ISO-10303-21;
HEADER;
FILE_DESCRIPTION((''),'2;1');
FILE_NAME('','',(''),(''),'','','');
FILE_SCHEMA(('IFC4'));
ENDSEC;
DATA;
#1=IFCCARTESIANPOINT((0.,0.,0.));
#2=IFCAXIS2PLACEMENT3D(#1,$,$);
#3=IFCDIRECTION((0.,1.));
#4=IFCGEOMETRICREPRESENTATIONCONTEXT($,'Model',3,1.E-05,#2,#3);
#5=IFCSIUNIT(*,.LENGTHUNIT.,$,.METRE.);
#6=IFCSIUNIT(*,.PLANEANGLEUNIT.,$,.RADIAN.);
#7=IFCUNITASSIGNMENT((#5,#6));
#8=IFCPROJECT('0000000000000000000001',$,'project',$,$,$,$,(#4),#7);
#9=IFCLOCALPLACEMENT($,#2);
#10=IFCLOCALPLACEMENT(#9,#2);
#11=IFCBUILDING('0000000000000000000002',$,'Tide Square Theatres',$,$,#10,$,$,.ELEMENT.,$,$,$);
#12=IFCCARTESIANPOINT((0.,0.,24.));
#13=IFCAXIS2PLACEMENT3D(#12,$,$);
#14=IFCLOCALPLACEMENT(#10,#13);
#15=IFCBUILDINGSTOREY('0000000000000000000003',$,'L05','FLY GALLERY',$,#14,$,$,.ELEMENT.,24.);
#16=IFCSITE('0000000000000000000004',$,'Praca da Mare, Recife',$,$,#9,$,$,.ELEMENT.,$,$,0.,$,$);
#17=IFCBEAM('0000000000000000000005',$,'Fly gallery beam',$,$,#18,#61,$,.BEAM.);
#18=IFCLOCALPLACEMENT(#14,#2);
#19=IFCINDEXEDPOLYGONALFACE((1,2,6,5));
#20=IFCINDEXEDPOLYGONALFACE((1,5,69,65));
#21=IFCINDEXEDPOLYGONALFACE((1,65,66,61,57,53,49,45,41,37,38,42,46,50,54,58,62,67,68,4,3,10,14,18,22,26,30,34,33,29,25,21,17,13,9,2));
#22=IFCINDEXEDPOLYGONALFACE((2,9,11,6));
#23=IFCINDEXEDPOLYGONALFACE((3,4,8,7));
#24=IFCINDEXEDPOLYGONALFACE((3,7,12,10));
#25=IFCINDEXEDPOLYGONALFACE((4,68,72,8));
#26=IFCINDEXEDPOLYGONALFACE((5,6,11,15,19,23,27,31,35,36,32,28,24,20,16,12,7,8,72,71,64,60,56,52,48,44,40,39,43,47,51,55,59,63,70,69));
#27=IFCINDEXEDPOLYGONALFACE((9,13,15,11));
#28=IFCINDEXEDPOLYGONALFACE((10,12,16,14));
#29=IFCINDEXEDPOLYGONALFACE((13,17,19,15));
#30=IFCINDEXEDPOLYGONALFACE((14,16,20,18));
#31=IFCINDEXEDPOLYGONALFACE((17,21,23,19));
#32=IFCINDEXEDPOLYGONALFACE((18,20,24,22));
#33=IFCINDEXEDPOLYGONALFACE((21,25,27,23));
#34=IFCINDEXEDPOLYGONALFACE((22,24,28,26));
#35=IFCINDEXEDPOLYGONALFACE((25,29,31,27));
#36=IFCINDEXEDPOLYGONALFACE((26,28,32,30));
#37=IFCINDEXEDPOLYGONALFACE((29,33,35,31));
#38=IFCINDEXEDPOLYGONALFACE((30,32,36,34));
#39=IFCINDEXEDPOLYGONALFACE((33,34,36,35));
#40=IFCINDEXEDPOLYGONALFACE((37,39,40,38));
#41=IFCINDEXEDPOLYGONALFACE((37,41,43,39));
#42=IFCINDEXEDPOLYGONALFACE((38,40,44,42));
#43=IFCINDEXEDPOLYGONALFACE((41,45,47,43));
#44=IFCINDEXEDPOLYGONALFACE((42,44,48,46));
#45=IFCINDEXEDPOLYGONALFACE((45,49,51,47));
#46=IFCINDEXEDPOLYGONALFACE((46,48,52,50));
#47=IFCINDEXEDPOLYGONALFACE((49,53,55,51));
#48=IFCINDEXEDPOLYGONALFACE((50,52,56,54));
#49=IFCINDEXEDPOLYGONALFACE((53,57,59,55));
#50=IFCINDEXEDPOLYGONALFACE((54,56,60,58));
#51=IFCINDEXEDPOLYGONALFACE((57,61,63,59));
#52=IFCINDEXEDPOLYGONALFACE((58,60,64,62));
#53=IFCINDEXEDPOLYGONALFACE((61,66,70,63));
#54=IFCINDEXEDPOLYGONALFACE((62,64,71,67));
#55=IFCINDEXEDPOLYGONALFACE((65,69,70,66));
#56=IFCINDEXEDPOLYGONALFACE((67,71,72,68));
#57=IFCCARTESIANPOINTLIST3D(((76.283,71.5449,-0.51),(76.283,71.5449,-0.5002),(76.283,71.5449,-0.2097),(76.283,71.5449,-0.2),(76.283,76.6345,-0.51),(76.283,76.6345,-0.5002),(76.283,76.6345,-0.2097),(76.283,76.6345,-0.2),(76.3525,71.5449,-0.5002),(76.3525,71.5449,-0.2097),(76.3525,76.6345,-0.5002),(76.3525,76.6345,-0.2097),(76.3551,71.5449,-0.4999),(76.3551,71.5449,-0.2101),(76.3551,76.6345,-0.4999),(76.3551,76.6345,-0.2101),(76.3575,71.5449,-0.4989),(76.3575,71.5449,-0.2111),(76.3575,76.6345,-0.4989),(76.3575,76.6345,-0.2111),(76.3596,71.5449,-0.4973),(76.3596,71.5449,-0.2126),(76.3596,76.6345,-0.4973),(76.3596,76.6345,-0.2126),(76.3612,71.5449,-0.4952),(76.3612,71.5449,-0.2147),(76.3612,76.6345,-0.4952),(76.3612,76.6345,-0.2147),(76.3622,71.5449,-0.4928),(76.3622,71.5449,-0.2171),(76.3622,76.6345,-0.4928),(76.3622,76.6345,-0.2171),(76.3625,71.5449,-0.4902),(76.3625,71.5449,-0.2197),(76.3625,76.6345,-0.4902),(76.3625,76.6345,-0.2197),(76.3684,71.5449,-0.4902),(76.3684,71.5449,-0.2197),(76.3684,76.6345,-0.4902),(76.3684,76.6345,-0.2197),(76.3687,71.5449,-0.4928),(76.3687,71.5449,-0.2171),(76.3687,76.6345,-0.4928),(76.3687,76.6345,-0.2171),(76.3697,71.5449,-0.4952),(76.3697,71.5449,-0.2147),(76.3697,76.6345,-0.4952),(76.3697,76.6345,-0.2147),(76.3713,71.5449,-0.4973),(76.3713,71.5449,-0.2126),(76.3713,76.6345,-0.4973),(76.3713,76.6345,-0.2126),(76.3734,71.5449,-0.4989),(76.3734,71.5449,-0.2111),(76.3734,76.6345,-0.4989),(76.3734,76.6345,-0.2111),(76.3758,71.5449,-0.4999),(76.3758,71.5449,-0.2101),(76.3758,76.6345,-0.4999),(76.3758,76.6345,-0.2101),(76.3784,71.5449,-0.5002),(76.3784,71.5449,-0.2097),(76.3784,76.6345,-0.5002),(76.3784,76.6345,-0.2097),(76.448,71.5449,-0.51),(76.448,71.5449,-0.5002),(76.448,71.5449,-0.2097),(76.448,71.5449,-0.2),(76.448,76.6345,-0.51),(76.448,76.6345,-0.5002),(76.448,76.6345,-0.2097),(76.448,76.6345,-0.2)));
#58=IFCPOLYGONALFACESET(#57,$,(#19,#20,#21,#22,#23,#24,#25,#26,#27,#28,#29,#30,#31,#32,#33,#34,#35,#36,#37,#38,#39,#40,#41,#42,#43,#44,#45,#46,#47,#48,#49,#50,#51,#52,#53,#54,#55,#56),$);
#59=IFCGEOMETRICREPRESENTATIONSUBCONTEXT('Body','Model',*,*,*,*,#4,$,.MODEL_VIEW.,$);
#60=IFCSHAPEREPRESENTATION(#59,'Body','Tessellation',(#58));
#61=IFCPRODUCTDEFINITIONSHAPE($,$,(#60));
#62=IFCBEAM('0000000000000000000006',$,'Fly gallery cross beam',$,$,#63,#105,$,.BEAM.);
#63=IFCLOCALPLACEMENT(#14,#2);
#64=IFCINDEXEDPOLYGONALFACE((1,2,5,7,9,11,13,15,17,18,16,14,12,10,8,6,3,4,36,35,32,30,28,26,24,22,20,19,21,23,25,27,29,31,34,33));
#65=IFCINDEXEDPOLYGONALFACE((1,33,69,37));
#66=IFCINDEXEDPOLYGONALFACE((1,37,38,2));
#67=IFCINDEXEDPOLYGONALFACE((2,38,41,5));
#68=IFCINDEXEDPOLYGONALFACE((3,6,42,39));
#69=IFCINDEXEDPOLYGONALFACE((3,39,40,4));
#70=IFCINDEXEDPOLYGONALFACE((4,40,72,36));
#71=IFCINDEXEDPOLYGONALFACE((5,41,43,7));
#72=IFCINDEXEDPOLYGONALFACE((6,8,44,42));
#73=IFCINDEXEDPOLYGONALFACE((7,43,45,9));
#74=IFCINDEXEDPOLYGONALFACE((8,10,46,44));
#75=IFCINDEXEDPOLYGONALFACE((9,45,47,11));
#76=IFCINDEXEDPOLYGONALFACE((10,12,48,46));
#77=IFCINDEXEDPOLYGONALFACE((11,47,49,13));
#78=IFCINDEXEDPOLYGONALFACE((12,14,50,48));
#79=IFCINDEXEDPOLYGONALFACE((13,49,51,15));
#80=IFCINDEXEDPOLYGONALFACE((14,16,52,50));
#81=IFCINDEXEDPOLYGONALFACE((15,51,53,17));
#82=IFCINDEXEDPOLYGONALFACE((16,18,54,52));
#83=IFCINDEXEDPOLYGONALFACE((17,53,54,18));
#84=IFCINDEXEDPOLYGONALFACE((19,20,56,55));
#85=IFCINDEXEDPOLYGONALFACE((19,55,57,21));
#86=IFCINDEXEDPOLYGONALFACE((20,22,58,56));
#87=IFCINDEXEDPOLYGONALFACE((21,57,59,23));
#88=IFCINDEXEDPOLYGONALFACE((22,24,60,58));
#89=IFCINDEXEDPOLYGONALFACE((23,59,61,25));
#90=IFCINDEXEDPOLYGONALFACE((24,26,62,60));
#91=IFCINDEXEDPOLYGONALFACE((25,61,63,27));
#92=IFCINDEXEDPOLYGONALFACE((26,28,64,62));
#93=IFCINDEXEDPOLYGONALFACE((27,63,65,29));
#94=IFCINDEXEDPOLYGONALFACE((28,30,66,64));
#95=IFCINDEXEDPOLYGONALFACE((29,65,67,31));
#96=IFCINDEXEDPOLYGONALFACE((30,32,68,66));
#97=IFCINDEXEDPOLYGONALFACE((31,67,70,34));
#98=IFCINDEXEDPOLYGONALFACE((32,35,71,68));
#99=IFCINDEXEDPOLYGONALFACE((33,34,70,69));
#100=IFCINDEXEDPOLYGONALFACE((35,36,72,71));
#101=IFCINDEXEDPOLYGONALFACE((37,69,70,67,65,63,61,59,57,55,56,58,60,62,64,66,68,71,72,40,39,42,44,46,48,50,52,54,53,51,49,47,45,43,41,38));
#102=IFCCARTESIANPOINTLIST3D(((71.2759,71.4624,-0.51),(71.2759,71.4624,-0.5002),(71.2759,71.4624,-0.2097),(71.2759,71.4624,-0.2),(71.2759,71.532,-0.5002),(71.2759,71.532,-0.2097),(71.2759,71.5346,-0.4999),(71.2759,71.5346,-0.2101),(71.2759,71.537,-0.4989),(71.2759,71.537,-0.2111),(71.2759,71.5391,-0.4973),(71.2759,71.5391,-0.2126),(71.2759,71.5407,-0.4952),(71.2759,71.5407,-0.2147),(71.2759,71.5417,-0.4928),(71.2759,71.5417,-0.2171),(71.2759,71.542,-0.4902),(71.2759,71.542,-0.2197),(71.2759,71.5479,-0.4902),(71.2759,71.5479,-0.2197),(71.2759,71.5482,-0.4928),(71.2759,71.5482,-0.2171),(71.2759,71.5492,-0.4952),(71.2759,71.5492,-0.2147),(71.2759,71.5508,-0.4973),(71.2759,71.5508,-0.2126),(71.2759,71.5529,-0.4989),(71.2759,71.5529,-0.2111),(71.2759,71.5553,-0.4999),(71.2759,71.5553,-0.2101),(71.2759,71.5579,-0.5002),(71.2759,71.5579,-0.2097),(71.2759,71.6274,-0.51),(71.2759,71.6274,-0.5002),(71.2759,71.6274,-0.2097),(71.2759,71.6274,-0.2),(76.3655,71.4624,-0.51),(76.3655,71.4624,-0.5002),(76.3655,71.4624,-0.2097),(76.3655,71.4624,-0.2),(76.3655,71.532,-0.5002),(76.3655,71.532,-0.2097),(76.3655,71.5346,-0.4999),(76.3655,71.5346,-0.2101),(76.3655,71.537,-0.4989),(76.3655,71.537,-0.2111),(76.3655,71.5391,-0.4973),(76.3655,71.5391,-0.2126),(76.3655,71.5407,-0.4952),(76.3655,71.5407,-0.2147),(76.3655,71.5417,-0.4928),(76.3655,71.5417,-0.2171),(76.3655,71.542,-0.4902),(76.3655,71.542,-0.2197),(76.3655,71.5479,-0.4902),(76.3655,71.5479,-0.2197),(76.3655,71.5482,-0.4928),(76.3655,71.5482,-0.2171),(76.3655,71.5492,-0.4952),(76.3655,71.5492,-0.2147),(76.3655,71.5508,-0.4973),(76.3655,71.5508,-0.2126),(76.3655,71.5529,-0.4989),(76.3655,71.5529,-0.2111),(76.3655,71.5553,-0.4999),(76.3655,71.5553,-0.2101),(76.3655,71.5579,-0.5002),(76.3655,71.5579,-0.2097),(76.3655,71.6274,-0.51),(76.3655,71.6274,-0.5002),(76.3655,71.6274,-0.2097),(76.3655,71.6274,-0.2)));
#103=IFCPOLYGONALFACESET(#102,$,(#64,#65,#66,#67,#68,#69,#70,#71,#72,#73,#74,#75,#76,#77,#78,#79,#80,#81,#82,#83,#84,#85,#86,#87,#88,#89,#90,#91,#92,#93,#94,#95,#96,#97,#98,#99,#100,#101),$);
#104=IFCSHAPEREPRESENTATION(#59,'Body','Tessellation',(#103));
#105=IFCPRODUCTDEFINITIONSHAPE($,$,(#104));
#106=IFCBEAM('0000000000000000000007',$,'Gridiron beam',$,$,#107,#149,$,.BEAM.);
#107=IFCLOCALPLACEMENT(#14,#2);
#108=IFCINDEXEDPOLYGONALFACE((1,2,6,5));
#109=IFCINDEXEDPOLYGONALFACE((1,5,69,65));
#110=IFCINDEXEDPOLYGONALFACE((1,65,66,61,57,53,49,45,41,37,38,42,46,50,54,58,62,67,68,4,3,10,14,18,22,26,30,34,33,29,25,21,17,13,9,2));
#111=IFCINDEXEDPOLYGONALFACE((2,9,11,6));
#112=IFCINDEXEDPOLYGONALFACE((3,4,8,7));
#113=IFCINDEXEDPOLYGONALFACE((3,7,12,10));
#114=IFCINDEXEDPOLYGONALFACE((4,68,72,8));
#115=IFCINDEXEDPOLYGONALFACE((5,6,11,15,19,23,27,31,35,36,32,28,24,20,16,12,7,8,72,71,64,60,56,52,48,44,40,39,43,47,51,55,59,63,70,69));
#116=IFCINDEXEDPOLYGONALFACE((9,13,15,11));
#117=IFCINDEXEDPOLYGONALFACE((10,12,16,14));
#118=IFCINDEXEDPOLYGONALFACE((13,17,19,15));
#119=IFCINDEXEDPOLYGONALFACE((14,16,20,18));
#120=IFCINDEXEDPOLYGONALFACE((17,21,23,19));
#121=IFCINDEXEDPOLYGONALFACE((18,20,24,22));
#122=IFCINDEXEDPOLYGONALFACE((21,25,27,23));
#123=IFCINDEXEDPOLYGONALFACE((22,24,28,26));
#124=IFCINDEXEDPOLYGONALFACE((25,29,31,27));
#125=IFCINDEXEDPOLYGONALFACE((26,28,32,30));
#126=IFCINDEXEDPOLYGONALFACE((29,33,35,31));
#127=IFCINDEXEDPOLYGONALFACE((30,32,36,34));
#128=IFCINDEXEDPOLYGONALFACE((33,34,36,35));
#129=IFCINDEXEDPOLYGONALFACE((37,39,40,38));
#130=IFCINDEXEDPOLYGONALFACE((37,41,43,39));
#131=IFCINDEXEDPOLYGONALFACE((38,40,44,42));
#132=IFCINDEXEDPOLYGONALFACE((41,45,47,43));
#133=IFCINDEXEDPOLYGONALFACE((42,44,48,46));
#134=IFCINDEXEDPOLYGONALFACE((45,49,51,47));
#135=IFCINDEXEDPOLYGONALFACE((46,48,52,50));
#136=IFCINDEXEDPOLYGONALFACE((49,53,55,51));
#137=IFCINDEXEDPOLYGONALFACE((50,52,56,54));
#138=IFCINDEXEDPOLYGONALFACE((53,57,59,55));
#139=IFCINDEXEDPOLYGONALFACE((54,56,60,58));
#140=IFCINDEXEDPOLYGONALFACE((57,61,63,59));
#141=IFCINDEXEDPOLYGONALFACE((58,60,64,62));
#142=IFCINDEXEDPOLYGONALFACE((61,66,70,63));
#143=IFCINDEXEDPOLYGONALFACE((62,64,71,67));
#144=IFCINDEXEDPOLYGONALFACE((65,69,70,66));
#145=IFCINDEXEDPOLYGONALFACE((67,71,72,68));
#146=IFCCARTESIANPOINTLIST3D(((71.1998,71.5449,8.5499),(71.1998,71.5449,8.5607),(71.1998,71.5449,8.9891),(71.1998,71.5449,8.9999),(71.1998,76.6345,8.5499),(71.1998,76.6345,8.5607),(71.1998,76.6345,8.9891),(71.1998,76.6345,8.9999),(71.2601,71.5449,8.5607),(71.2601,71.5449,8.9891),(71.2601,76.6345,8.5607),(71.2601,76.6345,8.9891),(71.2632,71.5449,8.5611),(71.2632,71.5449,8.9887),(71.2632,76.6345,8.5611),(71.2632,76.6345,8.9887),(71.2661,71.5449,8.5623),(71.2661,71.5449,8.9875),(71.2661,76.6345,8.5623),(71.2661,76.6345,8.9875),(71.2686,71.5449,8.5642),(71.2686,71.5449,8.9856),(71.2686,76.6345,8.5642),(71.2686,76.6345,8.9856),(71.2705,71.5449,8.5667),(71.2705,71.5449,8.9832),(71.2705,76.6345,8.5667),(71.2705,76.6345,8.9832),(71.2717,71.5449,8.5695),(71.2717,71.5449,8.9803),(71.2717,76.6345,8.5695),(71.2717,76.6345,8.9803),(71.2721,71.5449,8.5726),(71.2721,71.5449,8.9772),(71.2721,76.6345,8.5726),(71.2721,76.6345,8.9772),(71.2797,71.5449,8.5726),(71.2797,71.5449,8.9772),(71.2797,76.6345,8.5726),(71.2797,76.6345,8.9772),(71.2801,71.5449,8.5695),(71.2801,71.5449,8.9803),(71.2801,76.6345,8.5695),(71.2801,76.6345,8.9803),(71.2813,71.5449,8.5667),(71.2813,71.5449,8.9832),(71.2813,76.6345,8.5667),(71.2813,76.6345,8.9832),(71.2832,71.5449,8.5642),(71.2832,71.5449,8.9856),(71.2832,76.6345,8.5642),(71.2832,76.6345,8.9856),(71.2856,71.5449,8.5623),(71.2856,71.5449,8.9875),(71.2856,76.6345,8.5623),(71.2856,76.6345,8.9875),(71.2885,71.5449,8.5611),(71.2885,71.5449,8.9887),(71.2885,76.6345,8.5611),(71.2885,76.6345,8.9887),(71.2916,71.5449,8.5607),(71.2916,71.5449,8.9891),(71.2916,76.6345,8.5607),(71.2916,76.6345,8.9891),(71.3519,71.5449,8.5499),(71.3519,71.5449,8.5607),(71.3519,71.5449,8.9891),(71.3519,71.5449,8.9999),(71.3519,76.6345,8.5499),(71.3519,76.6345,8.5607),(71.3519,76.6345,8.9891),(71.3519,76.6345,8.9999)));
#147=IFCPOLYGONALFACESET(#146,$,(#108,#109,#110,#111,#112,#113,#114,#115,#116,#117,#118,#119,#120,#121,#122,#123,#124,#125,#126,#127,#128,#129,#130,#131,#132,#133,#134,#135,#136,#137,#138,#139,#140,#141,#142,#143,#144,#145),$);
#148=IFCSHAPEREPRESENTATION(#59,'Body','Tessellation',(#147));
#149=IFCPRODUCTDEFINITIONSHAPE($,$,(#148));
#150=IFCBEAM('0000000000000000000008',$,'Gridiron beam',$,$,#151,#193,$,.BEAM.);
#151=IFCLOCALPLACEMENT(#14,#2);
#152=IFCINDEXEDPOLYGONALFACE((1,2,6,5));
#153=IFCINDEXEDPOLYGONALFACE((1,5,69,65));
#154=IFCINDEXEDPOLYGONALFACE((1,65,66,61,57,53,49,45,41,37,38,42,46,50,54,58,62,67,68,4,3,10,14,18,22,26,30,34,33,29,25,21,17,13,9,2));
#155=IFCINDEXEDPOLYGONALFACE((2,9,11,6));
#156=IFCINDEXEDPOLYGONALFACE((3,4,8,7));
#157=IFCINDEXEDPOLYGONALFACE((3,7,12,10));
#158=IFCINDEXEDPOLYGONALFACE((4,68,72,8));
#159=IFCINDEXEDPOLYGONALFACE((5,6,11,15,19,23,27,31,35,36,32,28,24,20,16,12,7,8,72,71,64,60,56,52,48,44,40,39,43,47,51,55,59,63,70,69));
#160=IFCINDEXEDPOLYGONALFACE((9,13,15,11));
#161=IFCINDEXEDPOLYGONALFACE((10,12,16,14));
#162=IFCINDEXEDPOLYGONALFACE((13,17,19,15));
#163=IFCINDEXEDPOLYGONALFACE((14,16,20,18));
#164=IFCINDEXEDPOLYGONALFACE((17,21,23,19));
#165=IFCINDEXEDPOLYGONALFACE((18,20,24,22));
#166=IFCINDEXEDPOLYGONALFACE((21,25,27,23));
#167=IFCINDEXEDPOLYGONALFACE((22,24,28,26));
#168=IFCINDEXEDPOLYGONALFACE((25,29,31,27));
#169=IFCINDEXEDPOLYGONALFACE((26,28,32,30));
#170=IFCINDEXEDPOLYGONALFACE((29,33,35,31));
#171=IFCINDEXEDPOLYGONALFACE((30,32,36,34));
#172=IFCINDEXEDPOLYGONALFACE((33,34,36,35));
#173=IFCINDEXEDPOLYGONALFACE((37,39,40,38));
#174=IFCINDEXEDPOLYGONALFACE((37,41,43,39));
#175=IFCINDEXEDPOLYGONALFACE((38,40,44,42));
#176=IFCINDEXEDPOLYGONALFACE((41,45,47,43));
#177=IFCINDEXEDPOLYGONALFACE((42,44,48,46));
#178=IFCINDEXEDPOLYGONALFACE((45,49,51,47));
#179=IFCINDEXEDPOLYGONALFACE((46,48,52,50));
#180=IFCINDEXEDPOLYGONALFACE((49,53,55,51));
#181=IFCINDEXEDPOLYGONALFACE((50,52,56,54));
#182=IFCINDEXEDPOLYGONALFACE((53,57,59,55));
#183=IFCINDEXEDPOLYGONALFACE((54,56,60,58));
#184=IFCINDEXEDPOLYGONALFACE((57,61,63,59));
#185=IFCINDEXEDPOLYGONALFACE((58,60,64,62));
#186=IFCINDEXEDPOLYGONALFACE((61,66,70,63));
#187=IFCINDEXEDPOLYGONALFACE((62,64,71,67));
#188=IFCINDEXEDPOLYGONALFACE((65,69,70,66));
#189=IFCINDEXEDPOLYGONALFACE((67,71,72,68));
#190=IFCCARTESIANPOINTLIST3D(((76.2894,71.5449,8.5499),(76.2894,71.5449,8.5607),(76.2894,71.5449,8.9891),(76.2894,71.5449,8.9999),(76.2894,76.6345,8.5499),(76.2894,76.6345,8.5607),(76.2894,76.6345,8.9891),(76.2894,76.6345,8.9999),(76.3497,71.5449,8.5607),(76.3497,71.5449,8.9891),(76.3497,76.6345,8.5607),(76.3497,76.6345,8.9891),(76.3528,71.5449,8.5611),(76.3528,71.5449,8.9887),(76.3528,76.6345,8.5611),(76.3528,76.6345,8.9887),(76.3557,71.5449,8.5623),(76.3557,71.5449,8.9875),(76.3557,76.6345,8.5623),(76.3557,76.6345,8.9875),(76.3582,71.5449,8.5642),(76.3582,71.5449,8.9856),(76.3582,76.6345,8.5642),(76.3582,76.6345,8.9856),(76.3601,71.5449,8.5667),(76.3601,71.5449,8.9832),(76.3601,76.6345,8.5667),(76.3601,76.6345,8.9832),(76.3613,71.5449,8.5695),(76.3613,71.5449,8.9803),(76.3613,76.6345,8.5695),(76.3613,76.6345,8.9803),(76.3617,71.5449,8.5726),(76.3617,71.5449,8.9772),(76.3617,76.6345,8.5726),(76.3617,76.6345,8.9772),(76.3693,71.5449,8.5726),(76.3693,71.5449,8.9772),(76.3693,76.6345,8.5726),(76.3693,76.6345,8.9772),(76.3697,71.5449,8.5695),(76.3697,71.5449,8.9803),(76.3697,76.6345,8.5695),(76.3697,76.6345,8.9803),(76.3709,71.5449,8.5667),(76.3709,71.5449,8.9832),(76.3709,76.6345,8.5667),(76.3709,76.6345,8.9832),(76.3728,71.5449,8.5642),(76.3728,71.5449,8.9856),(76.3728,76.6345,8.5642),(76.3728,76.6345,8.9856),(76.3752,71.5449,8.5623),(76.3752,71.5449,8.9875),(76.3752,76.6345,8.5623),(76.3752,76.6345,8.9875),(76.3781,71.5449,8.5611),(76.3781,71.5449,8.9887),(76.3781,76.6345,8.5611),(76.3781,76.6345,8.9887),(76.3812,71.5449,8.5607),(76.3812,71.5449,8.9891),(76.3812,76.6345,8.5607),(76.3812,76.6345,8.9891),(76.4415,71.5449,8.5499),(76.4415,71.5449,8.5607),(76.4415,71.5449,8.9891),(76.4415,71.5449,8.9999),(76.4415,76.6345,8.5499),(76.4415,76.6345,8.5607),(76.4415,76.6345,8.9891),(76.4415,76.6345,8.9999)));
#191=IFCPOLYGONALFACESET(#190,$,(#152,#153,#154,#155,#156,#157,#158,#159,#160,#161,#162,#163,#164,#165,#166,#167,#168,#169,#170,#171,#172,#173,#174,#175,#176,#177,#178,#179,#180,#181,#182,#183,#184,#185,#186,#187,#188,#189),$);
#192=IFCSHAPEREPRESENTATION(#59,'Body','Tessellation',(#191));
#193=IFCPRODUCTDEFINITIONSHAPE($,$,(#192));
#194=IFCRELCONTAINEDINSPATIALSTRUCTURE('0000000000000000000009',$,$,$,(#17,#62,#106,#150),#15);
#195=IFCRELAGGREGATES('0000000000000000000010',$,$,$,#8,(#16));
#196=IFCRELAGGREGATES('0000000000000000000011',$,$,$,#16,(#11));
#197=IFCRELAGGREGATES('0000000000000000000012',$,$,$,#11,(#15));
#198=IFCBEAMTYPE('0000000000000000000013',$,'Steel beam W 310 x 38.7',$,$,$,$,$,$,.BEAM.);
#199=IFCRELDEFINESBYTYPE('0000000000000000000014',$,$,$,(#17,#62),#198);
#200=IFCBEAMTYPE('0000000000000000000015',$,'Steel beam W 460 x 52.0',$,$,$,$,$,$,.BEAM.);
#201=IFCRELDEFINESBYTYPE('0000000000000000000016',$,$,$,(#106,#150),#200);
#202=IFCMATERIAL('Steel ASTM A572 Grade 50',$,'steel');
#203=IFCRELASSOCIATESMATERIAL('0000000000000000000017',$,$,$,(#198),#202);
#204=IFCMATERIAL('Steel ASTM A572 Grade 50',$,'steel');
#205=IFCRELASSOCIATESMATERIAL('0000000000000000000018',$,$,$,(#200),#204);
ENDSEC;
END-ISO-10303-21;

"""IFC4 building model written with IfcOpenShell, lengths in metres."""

from ifc_helpers import new_model, si_unit, direction, frame, origin, origin_2d, place, context, subcontext, project, spatial, i_section, extrude, material, material_profile, profile_set, type_object, element, save


model = new_model("IFC4")

# Units and contexts
model_context = context("Model", 3, precision=1e-05, world=origin(), true_north=direction((0.0, 1.0)))
body_context = subcontext(model_context, "Body", "Model", "MODEL_VIEW")
ifc_project = project(units=[si_unit("LENGTHUNIT", "METRE"), si_unit("PLANEANGLEUNIT", "RADIAN")], contexts=[model_context])

# Site, building, storey
site_placement = place(None, origin())
site = spatial("IfcSite", under=ifc_project, at=site_placement, Name="Praca da Mare, Recife", CompositionType="ELEMENT", RefElevation=0.0)
building_placement = place(site_placement, origin())
building = spatial("IfcBuilding", under=site, at=building_placement, Name="Tide Square Theatres", CompositionType="ELEMENT")
storey_placement = place(building_placement, frame((0.0, 0.0, 24.0)))
storey = spatial("IfcBuildingStorey", under=building, at=storey_placement, Name="L05", Description="FLY GALLERY", CompositionType="ELEMENT", Elevation=24.0)

# Beams
ifc_material_1 = material(Name="Steel ASTM A572 Grade 50", Category="steel")
ifc_material_profile_1 = material_profile(ifc_material_1, i_section(OverallWidth=0.165, OverallDepth=0.3101, WebThickness=0.0059, FlangeThickness=0.0098, FilletRadius=0.01, at=origin_2d()))
ifc_profile_set_1 = profile_set([ifc_material_profile_1], Name="Steel ASTM A572 Grade 50")
beam_type_1 = type_object("IfcBeamType", Name="Steel beam W 310 x 38.7", PredefinedType="BEAM", material=ifc_profile_set_1)
for number, where, z_axis, x_axis, name in (
    (1, (76.3655, 71.5449, -0.355), (0.0, 1.0, 0.0), (-1.0, 0.0, 0.0), "Fly gallery beam"),
    (2, (71.2759, 71.5449, -0.355), (1.0, 0.0, 0.0), (0.0, 1.0, 0.0), "Fly gallery cross beam"),
):
    element("IfcBeam", number, at=place(storey_placement, frame(where, z_axis=z_axis, x_axis=x_axis)), inside=storey, type_object=beam_type_1, Name=name, PredefinedType="BEAM", context=body_context, shape_type="SweptSolid", body=[
        extrude(i_section(OverallWidth=0.165, OverallDepth=0.3101, WebThickness=0.0059, FlangeThickness=0.0098, FilletRadius=0.01, at=origin_2d()), origin(), (0.0, 0.0, 1.0), 5.0896),
    ])
ifc_material_2 = material(Name="Steel ASTM A572 Grade 50", Category="steel")
ifc_material_profile_2 = material_profile(ifc_material_2, i_section(OverallWidth=0.1521, OverallDepth=0.45, WebThickness=0.0076, FlangeThickness=0.0107, FilletRadius=0.012, at=origin_2d()))
ifc_profile_set_2 = profile_set([ifc_material_profile_2], Name="Steel ASTM A572 Grade 50")
beam_type_2 = type_object("IfcBeamType", Name="Steel beam W 460 x 52.0", PredefinedType="BEAM", material=ifc_profile_set_2)
for number, where, z_axis, x_axis, name in (
    (3, (71.2759, 71.5449, 8.7749), (0.0, 1.0, 0.0), (-1.0, 0.0, 0.0), "Gridiron beam"),
    (4, (76.3655, 71.5449, 8.7749), (0.0, 1.0, 0.0), (-1.0, 0.0, 0.0), "Gridiron beam"),
):
    element("IfcBeam", number, at=place(storey_placement, frame(where, z_axis=z_axis, x_axis=x_axis)), inside=storey, type_object=beam_type_2, Name=name, PredefinedType="BEAM", context=body_context, shape_type="SweptSolid", body=[
        extrude(i_section(OverallWidth=0.1521, OverallDepth=0.45, WebThickness=0.0076, FlangeThickness=0.0107, FilletRadius=0.012, at=origin_2d()), origin(), (0.0, 0.0, 1.0), 5.0896),
    ])

save(model, "model.ifc")
